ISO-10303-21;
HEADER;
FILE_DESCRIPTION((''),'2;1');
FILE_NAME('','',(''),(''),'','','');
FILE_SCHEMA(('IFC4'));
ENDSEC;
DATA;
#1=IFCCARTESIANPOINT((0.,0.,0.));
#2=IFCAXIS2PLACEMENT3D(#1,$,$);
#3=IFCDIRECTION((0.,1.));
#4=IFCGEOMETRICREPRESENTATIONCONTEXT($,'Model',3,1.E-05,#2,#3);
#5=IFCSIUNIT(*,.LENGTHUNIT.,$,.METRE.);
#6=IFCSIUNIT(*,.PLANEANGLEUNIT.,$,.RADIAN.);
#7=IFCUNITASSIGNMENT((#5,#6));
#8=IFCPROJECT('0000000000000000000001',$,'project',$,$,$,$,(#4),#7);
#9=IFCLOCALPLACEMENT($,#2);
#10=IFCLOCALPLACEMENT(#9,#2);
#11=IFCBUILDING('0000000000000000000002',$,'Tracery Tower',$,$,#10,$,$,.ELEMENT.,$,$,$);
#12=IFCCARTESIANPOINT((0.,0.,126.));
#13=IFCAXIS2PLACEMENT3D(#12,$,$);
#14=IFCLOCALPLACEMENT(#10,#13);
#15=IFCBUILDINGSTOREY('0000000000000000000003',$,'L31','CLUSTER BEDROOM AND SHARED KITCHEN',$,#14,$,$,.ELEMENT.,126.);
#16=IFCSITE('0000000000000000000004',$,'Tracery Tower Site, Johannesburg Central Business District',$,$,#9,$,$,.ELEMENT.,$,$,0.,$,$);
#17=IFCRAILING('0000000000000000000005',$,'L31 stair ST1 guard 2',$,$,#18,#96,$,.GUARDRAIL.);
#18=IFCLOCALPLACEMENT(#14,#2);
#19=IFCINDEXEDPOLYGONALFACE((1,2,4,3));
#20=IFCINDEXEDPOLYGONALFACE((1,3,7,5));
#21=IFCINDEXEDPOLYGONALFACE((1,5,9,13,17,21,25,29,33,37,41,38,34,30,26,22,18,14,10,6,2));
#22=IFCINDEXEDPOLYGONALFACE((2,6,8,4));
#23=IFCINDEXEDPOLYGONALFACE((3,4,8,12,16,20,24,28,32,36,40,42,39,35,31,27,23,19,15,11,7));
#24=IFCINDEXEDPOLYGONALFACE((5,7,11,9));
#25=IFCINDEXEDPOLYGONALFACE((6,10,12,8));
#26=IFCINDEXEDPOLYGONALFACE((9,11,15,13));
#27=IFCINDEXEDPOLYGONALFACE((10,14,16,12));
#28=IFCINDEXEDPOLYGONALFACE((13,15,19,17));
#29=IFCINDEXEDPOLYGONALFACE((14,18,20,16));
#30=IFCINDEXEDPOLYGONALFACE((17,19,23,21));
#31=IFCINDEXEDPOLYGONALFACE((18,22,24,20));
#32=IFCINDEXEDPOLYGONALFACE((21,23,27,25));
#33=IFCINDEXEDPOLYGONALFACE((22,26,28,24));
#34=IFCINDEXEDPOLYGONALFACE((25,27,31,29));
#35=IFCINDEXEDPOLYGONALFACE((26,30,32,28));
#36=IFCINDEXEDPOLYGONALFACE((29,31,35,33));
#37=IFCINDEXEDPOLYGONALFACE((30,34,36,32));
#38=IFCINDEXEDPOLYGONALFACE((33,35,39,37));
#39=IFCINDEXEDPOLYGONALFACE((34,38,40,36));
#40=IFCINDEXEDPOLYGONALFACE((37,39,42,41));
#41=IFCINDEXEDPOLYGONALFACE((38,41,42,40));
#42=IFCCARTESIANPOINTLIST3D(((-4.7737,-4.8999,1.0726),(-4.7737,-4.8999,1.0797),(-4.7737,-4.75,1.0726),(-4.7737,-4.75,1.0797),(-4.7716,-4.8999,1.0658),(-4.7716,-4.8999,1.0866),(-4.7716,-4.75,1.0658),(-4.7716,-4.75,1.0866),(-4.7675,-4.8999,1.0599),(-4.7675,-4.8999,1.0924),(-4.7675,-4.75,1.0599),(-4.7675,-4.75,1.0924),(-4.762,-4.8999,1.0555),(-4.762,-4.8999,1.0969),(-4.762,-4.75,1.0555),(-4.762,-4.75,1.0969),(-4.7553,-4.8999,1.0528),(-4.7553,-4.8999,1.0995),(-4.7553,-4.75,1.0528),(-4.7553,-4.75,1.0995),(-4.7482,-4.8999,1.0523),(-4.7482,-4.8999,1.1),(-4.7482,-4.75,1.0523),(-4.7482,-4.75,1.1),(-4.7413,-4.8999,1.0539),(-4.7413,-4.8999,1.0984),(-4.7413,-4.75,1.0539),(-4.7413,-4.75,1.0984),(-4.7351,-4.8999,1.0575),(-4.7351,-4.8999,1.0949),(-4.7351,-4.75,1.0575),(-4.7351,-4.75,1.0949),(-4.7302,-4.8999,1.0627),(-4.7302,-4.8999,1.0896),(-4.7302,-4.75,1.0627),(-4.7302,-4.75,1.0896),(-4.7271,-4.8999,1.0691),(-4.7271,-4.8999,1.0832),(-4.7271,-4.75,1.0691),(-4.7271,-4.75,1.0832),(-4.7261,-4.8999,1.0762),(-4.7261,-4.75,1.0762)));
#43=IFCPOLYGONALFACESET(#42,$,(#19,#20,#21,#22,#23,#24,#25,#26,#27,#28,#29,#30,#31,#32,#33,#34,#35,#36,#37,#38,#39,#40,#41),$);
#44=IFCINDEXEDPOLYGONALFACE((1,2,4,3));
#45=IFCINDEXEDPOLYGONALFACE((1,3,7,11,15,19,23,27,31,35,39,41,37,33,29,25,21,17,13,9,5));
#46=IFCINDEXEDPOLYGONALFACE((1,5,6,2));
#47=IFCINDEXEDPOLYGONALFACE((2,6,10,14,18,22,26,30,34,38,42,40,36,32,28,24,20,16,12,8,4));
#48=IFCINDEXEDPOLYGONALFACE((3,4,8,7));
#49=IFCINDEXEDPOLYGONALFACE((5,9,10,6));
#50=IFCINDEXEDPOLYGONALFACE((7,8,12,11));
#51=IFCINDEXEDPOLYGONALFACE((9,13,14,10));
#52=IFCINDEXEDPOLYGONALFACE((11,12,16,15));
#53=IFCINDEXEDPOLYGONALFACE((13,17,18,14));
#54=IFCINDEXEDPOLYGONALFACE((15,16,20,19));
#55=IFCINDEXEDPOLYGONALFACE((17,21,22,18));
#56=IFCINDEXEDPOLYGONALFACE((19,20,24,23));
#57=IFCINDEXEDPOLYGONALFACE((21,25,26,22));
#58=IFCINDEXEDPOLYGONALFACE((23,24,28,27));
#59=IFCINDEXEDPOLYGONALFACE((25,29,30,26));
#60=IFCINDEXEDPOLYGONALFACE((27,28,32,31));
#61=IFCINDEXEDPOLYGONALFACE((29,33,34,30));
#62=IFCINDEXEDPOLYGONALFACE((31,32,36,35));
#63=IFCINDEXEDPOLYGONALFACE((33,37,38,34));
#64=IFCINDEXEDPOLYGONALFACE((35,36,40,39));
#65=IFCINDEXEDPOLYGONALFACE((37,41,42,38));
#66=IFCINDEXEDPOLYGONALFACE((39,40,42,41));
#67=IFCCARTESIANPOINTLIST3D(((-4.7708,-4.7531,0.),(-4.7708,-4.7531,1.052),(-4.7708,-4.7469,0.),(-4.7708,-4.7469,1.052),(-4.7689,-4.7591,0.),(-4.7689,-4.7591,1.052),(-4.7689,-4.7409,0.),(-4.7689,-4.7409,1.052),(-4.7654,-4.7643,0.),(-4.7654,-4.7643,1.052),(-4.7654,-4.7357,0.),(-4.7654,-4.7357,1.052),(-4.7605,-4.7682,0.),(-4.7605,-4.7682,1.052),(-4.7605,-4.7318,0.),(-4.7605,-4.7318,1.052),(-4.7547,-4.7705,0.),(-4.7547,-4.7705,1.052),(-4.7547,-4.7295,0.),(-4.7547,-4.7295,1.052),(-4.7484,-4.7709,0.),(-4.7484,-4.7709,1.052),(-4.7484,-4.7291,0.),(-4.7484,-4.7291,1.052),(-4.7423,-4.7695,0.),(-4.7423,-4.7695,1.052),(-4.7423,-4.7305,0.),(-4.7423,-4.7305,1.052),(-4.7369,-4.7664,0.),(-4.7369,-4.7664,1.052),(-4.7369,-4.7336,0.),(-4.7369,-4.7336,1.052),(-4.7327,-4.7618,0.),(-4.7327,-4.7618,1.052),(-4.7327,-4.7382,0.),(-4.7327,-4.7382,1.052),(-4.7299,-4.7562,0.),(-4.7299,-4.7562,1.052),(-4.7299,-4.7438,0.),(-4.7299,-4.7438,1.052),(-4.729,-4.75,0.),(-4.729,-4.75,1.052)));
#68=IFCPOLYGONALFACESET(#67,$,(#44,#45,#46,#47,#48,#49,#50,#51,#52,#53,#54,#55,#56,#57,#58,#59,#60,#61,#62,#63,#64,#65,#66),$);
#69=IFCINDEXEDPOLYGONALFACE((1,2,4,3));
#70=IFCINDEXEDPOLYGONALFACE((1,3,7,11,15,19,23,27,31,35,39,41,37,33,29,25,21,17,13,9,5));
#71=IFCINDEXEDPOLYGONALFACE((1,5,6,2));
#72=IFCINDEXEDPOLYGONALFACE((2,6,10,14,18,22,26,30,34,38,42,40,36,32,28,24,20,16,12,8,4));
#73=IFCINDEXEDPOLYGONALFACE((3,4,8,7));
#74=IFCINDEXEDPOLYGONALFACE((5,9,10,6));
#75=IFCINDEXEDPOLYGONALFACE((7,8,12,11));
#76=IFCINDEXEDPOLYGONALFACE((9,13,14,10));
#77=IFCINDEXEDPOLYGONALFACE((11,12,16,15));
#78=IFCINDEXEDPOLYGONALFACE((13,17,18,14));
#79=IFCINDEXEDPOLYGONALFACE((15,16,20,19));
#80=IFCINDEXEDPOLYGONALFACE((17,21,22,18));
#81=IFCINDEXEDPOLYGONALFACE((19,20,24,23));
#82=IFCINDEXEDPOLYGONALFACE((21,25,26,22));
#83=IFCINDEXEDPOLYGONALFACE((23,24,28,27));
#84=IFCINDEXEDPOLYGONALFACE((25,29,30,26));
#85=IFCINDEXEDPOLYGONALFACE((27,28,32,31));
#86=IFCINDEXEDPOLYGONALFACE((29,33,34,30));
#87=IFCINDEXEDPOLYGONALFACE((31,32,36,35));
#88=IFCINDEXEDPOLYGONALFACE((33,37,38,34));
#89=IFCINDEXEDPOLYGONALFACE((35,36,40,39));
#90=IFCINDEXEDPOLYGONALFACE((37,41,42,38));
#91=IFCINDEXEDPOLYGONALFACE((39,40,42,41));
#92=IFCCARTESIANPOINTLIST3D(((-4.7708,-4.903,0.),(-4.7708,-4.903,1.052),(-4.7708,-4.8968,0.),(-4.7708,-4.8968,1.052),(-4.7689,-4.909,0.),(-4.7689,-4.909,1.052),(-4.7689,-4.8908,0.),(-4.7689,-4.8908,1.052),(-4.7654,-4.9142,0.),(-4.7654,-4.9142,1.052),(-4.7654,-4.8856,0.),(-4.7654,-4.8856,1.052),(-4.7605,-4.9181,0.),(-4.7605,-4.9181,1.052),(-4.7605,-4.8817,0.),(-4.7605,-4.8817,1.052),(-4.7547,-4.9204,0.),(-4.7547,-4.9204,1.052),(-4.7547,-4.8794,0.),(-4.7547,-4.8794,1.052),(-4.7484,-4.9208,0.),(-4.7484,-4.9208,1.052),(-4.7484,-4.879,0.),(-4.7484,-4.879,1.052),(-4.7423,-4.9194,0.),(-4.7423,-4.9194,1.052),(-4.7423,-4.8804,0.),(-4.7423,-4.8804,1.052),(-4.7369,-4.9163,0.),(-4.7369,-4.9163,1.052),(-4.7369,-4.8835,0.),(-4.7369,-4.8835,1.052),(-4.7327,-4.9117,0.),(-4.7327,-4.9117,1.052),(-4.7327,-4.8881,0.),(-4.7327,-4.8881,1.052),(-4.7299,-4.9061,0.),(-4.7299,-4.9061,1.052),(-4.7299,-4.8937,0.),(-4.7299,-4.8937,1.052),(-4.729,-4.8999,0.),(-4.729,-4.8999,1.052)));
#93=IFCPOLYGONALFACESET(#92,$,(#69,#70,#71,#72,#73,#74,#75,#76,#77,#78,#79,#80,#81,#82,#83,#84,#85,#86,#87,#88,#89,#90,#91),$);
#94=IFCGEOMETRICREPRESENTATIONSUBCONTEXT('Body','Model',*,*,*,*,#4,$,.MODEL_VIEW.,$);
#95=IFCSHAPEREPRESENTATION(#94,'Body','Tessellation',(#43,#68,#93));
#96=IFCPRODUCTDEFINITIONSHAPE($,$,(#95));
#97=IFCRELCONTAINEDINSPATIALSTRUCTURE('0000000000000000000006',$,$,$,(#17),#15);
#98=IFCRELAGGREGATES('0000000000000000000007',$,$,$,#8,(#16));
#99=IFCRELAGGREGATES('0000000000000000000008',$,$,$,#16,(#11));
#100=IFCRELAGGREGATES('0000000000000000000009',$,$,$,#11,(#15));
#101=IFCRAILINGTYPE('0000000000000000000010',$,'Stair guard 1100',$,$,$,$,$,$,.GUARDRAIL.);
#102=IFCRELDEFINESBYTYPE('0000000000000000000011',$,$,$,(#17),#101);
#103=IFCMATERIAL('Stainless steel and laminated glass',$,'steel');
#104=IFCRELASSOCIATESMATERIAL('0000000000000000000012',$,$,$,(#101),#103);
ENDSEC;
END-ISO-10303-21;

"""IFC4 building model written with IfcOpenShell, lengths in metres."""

from ifc_helpers import new_model, si_unit, direction, frame, origin, origin_2d, place, context, subcontext, project, spatial, circle, extrude, material, type_object, element, save


model = new_model("IFC4")

# Units and contexts
model_context = context("Model", 3, precision=1e-05, world=origin(), true_north=direction((0.0, 1.0)))
body_context = subcontext(model_context, "Body", "Model", "MODEL_VIEW")
ifc_project = project(units=[si_unit("LENGTHUNIT", "METRE"), si_unit("PLANEANGLEUNIT", "RADIAN")], contexts=[model_context])

# Site, building, storey
site_placement = place(None, origin())
site = spatial("IfcSite", under=ifc_project, at=site_placement, Name="Tracery Tower Site, Johannesburg Central Business District", CompositionType="ELEMENT", RefElevation=0.0)
building_placement = place(site_placement, origin())
building = spatial("IfcBuilding", under=site, at=building_placement, Name="Tracery Tower", CompositionType="ELEMENT")
storey_placement = place(building_placement, frame((0.0, 0.0, 126.0)))
storey = spatial("IfcBuildingStorey", under=building, at=storey_placement, Name="L31", Description="CLUSTER BEDROOM AND SHARED KITCHEN", CompositionType="ELEMENT", Elevation=126.0)

# Railing
ifc_material_1 = material(Name="Stainless steel and laminated glass", Category="steel")
railing_type_1 = type_object("IfcRailingType", Name="Stair guard 1100", PredefinedType="GUARDRAIL", material=ifc_material_1)
railing_1_placement = place(storey_placement, frame((-4.75, -4.75, 0.0)))
element("IfcRailing", 1, at=railing_1_placement, inside=storey, type_object=railing_type_1, Name="L31 stair ST1 guard 2", PredefinedType="GUARDRAIL", context=body_context, shape_type="SweptSolid", body=[
    extrude(circle(Radius=0.0239, at=origin_2d()), frame((0.0, 0.0, 1.0762), z_axis=(0.0, -1.0, 0.0), x_axis=(1.0, 0.0, 0.0)), (0.0, 0.0, 1.0), 0.1499),
    extrude(circle(Radius=0.021, at=origin_2d()), origin(), (0.0, 0.0, 1.0), 1.052),
    extrude(circle(Radius=0.021, at=origin_2d()), frame((0.0, -0.1499, 0.0)), (0.0, 0.0, 1.0), 1.052),
])

save(model, "model.ifc")
